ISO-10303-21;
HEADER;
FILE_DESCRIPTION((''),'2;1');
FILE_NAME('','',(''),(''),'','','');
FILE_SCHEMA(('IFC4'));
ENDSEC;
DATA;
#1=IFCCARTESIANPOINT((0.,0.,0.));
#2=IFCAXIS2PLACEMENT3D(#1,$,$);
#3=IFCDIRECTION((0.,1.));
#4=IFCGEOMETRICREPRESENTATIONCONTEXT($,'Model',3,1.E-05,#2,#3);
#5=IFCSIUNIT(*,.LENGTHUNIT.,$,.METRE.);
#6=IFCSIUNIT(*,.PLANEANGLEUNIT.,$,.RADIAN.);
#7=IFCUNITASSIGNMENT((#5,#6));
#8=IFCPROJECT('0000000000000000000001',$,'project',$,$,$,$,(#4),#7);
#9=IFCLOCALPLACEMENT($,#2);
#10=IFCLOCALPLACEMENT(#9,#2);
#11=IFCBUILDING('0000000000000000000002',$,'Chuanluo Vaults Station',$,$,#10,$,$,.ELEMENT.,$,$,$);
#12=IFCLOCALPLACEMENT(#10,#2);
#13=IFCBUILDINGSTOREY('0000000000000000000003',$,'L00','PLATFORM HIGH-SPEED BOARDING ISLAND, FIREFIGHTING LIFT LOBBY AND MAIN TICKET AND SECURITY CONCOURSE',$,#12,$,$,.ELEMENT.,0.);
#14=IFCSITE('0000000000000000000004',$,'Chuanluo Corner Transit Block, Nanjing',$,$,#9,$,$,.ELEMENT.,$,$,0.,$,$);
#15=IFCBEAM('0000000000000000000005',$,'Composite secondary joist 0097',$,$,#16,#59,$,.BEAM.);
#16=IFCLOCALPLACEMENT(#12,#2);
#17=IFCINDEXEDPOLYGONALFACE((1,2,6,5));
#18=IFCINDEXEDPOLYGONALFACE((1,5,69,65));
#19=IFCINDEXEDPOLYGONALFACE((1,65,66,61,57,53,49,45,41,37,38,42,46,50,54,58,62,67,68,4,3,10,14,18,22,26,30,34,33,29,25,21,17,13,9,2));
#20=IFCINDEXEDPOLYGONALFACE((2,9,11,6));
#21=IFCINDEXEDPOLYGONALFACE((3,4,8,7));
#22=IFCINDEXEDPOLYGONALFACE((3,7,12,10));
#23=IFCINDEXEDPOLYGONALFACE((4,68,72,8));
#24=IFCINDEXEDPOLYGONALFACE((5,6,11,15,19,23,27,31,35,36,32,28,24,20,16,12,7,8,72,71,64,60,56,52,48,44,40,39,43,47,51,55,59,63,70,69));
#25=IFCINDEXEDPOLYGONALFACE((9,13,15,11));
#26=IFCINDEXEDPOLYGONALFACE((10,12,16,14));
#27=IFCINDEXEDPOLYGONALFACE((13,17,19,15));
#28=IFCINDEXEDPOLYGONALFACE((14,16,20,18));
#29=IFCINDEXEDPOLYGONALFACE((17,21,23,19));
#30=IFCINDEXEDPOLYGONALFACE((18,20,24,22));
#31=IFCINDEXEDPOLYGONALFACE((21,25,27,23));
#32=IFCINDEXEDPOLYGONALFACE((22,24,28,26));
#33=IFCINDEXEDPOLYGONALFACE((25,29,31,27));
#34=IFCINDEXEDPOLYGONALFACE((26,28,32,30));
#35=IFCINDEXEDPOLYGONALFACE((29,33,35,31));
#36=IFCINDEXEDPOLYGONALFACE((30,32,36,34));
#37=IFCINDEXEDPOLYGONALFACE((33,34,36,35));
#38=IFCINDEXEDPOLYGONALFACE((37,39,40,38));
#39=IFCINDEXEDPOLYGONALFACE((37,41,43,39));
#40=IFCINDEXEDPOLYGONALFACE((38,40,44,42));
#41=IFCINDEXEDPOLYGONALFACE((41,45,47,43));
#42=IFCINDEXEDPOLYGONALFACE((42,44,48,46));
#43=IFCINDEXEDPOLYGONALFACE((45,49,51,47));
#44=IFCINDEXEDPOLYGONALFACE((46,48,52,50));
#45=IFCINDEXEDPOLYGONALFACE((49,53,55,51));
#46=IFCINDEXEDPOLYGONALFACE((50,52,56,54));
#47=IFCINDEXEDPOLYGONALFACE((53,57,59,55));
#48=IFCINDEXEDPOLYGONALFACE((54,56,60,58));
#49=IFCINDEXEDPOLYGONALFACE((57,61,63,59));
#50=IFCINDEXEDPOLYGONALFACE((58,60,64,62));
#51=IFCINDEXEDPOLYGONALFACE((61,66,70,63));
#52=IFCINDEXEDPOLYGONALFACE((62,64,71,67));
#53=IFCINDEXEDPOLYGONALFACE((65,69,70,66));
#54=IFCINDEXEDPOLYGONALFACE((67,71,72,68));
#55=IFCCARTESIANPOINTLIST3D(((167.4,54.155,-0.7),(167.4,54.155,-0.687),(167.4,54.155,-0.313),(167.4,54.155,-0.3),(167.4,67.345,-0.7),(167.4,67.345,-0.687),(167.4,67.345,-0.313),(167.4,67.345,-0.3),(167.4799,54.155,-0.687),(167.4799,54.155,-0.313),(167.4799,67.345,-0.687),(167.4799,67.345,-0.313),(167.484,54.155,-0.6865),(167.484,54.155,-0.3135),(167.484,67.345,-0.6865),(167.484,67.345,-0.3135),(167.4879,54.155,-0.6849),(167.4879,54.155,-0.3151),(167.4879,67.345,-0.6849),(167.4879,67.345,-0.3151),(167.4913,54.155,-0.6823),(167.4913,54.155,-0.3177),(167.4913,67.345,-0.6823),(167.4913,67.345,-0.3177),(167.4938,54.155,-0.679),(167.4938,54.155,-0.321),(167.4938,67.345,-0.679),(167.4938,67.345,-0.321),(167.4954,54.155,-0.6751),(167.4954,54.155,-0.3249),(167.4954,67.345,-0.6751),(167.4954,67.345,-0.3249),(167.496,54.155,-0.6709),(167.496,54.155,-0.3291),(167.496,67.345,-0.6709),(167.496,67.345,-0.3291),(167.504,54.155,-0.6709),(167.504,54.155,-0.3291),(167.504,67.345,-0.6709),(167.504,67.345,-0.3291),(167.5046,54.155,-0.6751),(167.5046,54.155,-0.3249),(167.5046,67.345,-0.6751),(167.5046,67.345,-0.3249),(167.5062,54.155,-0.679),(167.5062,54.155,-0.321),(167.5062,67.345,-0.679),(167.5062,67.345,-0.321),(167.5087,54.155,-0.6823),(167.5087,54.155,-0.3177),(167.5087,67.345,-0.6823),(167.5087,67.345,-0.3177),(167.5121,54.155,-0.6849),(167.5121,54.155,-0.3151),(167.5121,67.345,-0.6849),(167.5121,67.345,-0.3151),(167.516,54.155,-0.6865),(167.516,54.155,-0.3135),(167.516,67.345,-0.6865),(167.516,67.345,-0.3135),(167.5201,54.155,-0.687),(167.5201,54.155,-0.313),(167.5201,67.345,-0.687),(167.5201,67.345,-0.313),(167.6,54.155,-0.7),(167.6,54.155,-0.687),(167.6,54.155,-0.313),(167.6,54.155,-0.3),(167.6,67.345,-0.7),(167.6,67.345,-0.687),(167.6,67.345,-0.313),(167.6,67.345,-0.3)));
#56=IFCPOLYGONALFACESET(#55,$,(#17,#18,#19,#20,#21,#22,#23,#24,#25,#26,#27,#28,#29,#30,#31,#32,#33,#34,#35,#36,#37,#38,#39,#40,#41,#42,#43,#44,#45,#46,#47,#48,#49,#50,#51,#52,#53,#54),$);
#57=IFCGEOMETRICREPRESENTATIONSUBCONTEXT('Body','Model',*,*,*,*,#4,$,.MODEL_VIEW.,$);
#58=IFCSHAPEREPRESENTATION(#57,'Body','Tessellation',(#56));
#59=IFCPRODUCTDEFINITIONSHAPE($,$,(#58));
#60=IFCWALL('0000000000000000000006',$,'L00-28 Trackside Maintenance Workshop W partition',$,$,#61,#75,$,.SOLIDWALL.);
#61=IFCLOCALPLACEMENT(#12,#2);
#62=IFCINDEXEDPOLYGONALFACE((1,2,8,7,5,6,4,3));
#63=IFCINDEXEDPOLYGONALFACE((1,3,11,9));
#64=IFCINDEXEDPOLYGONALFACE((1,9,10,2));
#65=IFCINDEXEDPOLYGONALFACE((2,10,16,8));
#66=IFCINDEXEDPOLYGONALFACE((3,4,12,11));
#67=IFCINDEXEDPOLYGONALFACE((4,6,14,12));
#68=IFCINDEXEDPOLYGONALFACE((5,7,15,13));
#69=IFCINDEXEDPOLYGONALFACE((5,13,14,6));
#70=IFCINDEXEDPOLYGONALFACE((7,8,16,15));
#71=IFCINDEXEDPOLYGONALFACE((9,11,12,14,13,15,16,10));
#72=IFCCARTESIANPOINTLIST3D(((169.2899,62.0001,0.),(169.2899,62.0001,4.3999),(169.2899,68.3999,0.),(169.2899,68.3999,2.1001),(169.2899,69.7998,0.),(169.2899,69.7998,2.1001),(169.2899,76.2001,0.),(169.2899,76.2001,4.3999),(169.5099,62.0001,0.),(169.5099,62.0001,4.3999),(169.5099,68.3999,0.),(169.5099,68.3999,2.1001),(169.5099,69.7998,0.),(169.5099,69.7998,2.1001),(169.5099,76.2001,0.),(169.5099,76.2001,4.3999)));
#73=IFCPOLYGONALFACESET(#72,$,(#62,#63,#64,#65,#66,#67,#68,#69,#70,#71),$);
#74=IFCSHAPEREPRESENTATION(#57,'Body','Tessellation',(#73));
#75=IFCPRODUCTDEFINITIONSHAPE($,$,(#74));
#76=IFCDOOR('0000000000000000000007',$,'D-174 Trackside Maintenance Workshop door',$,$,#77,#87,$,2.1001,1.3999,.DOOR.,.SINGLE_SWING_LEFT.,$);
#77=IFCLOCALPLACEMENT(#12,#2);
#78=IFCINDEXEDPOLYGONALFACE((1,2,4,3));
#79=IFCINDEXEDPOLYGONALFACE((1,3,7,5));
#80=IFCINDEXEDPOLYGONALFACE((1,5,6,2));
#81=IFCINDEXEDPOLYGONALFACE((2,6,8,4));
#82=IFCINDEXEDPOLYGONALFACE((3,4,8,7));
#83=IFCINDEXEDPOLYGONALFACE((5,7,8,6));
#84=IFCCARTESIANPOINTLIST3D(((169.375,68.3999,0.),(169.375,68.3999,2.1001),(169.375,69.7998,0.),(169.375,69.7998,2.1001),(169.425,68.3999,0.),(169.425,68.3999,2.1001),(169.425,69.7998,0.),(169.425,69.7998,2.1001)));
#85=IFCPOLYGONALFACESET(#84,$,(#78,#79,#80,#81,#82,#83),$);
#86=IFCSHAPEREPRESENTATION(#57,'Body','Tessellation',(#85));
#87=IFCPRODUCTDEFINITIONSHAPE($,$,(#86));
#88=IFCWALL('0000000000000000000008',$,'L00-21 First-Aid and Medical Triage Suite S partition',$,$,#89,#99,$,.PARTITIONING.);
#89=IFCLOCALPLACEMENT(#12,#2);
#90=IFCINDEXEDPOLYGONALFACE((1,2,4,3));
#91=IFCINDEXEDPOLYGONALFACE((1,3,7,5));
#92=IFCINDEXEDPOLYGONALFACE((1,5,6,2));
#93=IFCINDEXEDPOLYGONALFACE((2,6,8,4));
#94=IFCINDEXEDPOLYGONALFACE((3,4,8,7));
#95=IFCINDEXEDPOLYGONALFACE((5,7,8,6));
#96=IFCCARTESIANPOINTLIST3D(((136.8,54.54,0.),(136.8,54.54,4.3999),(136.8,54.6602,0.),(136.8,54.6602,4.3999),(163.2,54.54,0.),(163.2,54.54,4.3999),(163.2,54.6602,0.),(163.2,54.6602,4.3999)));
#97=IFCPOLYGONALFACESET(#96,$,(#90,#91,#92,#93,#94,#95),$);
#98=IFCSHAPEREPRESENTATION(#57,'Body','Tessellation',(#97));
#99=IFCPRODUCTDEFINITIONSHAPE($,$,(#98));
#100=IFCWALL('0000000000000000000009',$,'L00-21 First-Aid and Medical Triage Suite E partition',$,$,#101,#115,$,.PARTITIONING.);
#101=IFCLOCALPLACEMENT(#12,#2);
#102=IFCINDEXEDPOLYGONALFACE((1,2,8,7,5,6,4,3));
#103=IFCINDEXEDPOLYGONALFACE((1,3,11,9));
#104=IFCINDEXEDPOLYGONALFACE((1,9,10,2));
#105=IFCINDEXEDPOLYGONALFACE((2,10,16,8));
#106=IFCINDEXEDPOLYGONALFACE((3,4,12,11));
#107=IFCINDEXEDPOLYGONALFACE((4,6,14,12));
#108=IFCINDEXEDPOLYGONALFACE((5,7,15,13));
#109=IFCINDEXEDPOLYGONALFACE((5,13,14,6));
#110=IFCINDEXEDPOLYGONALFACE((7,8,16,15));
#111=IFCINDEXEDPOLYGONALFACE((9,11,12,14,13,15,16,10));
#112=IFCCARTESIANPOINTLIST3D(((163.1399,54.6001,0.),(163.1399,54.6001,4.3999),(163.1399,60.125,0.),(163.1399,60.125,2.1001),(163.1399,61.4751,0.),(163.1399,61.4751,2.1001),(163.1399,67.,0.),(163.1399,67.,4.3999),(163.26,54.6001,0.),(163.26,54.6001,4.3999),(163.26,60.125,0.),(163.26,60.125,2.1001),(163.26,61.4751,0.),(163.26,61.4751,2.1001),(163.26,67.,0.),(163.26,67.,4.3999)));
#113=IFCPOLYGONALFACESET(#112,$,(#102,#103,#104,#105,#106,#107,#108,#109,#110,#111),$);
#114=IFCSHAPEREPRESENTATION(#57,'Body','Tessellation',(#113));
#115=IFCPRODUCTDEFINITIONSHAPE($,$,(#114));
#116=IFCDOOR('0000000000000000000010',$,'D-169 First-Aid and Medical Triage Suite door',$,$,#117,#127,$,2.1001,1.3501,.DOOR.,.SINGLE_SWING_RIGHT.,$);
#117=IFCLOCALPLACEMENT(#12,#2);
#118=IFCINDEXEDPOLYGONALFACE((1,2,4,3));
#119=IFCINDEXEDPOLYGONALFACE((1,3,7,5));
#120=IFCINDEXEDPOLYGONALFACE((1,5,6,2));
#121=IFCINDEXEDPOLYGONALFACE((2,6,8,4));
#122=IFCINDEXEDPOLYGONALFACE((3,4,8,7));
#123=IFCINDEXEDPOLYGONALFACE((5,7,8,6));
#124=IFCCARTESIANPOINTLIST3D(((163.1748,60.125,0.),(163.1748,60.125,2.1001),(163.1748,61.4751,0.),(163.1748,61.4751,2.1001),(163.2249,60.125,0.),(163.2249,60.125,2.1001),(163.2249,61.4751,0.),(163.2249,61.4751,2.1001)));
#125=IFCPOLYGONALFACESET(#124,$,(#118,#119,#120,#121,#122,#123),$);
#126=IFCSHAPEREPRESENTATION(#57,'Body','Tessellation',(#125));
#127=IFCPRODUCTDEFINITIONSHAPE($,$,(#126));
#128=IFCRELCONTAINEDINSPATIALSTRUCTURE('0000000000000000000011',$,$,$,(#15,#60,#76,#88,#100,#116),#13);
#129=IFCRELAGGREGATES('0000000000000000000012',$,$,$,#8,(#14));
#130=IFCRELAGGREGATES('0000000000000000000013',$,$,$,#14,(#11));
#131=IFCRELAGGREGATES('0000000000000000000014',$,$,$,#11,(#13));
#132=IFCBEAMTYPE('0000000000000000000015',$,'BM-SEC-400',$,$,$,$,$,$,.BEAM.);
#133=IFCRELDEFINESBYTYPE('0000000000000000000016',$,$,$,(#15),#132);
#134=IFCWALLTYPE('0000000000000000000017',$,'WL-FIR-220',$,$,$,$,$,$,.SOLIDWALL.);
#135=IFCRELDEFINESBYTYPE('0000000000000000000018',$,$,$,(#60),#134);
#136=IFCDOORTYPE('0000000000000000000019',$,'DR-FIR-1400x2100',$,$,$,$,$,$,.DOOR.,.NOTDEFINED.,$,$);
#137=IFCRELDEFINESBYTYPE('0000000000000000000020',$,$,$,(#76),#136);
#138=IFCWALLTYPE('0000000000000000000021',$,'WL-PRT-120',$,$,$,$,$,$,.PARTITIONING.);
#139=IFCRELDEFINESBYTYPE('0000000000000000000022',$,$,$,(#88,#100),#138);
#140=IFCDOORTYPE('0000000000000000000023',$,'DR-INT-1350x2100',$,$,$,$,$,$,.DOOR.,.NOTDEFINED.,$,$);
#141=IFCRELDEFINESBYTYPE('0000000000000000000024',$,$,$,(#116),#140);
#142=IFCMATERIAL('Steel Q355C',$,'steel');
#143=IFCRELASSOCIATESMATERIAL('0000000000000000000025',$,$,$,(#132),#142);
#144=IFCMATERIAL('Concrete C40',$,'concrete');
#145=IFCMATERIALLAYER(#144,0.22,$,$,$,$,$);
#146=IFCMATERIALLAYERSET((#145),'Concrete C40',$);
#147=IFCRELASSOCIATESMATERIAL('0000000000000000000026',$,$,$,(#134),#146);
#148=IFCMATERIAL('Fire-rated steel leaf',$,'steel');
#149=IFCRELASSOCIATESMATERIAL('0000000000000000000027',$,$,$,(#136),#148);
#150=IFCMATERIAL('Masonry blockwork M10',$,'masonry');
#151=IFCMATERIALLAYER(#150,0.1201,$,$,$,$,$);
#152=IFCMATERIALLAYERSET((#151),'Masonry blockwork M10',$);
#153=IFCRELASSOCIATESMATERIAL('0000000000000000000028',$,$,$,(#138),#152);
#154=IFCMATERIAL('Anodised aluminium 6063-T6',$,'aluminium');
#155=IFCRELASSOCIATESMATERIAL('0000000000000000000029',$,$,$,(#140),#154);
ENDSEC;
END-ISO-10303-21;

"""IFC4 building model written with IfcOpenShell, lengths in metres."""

from ifc_helpers import new_model, si_unit, direction, frame, frame_2d, origin, origin_2d, place, context, subcontext, project, spatial, rectangle, i_section, extrude, material, layer, layer_set, material_profile, profile_set, type_object, element, fill, save


model = new_model("IFC4")

# Units and contexts
model_context = context("Model", 3, precision=1e-05, world=origin(), true_north=direction((0.0, 1.0)))
body_context = subcontext(model_context, "Body", "Model", "MODEL_VIEW")
ifc_project = project(units=[si_unit("LENGTHUNIT", "METRE"), si_unit("PLANEANGLEUNIT", "RADIAN")], contexts=[model_context])

# Site, building, storey
site_placement = place(None, origin())
site = spatial("IfcSite", under=ifc_project, at=site_placement, Name="Chuanluo Corner Transit Block, Nanjing", CompositionType="ELEMENT", RefElevation=0.0)
building_placement = place(site_placement, origin())
building = spatial("IfcBuilding", under=site, at=building_placement, Name="Chuanluo Vaults Station", CompositionType="ELEMENT")
storey_placement = place(building_placement, origin())
storey = spatial("IfcBuildingStorey", under=building, at=storey_placement, Name="L00", Description="PLATFORM HIGH-SPEED BOARDING ISLAND, FIREFIGHTING LIFT LOBBY AND MAIN TICKET AND SECURITY CONCOURSE", CompositionType="ELEMENT", Elevation=0.0)

# Beam
ifc_material_1 = material(Name="Steel Q355C", Category="steel")
ifc_material_profile_1 = material_profile(ifc_material_1, i_section(OverallWidth=0.2, OverallDepth=0.3999, WebThickness=0.0081, FlangeThickness=0.0129, FilletRadius=0.0161, at=origin_2d()))
ifc_profile_set_1 = profile_set([ifc_material_profile_1], Name="Steel Q355C")
beam_type_1 = type_object("IfcBeamType", Name="BM-SEC-400", PredefinedType="BEAM", material=ifc_profile_set_1)
for number, where, z_axis, x_axis, name in (
    (1, (167.5, 54.155, -0.5), (0.0, 1.0, 0.0), (-1.0, 0.0, 0.0), "Composite secondary joist 0097"),
):
    element("IfcBeam", number, at=place(storey_placement, frame(where, z_axis=z_axis, x_axis=x_axis)), inside=storey, type_object=beam_type_1, Name=name, PredefinedType="BEAM", context=body_context, shape_type="SweptSolid", body=[
        extrude(i_section(OverallWidth=0.2, OverallDepth=0.3999, WebThickness=0.0081, FlangeThickness=0.0129, FilletRadius=0.0161, at=origin_2d()), origin(), (0.0, 0.0, 1.0), 13.1899),
    ])

# Wall, opening, door
ifc_material_2 = material(Name="Concrete C40", Category="concrete")
ifc_layer_1 = layer(ifc_material_2, 0.22)
ifc_layer_set_1 = layer_set([ifc_layer_1], Name="Concrete C40")
wall_type_1 = type_object("IfcWallType", Name="WL-FIR-220", PredefinedType="SOLIDWALL", material=ifc_layer_set_1)
wall_1_placement = place(storey_placement, frame((169.3999, 62.0, 0.0), z_axis=(0.0, 0.0, 1.0), x_axis=(0.0, 1.0, 0.0)))
wall_1 = element("IfcWall", 2, at=wall_1_placement, inside=storey, type_object=wall_type_1, Name="L00-28 Trackside Maintenance Workshop W partition", PredefinedType="SOLIDWALL", context=body_context, shape_type="SweptSolid", body=[
    extrude(rectangle(XDim=14.2, YDim=0.22, at=frame_2d((7.1001, 0.0))), origin(), (0.0, 0.0, 1.0), 4.3999),
])
opening_1_placement = place(wall_1_placement, frame((6.3999, 0.0, 0.0)))
opening_1 = element("IfcOpeningElement", 3, at=opening_1_placement, cuts=wall_1, PredefinedType="OPENING", context=body_context, shape_type="SweptSolid", body=[
    extrude(rectangle(XDim=1.3999, YDim=2.1001, at=frame_2d((0.7, 1.05))), frame((0.0, 0.1199, 0.0), z_axis=(0.0, -1.0, 0.0), x_axis=(1.0, 0.0, 0.0)), (0.0, 0.0, 1.0), 0.24),
])
ifc_material_3 = material(Name="Fire-rated steel leaf", Category="steel")
door_type_1 = type_object("IfcDoorType", Name="DR-FIR-1400x2100", OperationType="NOTDEFINED", PredefinedType="DOOR", material=ifc_material_3)
door_1_placement = place(opening_1_placement, origin())
door_1 = element("IfcDoor", 4, at=door_1_placement, inside=storey, type_object=door_type_1, Name="D-174 Trackside Maintenance Workshop door", OperationType="SINGLE_SWING_LEFT", OverallHeight=2.1001, OverallWidth=1.3999, PredefinedType="DOOR", context=body_context, shape_type="SweptSolid", body=[
    extrude(rectangle(XDim=1.3999, YDim=2.1001, at=frame_2d((0.7, 1.05))), frame((0.0, 0.0249, 0.0), z_axis=(0.0, -1.0, 0.0), x_axis=(1.0, 0.0, 0.0)), (0.0, 0.0, 1.0), 0.05),
])
fill(opening_1, door_1)

# Wall
ifc_material_4 = material(Name="Masonry blockwork M10", Category="masonry")
ifc_layer_2 = layer(ifc_material_4, 0.1201)
ifc_layer_set_2 = layer_set([ifc_layer_2], Name="Masonry blockwork M10")
wall_type_2 = type_object("IfcWallType", Name="WL-PRT-120", PredefinedType="PARTITIONING", material=ifc_layer_set_2)
wall_2_placement = place(storey_placement, frame((163.2, 54.6001, 0.0), z_axis=(0.0, 0.0, 1.0), x_axis=(-1.0, 0.0, 0.0)))
element("IfcWall", 5, at=wall_2_placement, inside=storey, type_object=wall_type_2, Name="L00-21 First-Aid and Medical Triage Suite S partition", PredefinedType="PARTITIONING", context=body_context, shape_type="SweptSolid", body=[
    extrude(rectangle(XDim=26.3999, YDim=0.1201, at=frame_2d((13.2, 0.0))), origin(), (0.0, 0.0, 1.0), 4.3999),
])

# Wall, opening, door
wall_3_placement = place(storey_placement, frame((163.2, 67.0, 0.0), z_axis=(0.0, 0.0, 1.0), x_axis=(0.0, -1.0, 0.0)))
wall_3 = element("IfcWall", 6, at=wall_3_placement, inside=storey, type_object=wall_type_2, Name="L00-21 First-Aid and Medical Triage Suite E partition", PredefinedType="PARTITIONING", context=body_context, shape_type="SweptSolid", body=[
    extrude(rectangle(XDim=12.3999, YDim=0.1201, at=frame_2d((6.2, 0.0))), origin(), (0.0, 0.0, 1.0), 4.3999),
])
opening_2_placement = place(wall_3_placement, frame((5.5249, 0.0, 0.0)))
opening_2 = element("IfcOpeningElement", 7, at=opening_2_placement, cuts=wall_3, PredefinedType="OPENING", context=body_context, shape_type="SweptSolid", body=[
    extrude(rectangle(XDim=1.3501, YDim=2.1001, at=frame_2d((0.675, 1.05))), frame((0.0, 0.0701, 0.0), z_axis=(0.0, -1.0, 0.0), x_axis=(1.0, 0.0, 0.0)), (0.0, 0.0, 1.0), 0.1401),
])
ifc_material_5 = material(Name="Anodised aluminium 6063-T6", Category="aluminium")
door_type_2 = type_object("IfcDoorType", Name="DR-INT-1350x2100", OperationType="NOTDEFINED", PredefinedType="DOOR", material=ifc_material_5)
door_2_placement = place(opening_2_placement, origin())
door_2 = element("IfcDoor", 8, at=door_2_placement, inside=storey, type_object=door_type_2, Name="D-169 First-Aid and Medical Triage Suite door", OperationType="SINGLE_SWING_RIGHT", OverallHeight=2.1001, OverallWidth=1.3501, PredefinedType="DOOR", context=body_context, shape_type="SweptSolid", body=[
    extrude(rectangle(XDim=1.3501, YDim=2.1001, at=frame_2d((0.675, 1.05))), frame((0.0, 0.0249, 0.0), z_axis=(0.0, -1.0, 0.0), x_axis=(1.0, 0.0, 0.0)), (0.0, 0.0, 1.0), 0.05),
])
fill(opening_2, door_2)

save(model, "model.ifc")
